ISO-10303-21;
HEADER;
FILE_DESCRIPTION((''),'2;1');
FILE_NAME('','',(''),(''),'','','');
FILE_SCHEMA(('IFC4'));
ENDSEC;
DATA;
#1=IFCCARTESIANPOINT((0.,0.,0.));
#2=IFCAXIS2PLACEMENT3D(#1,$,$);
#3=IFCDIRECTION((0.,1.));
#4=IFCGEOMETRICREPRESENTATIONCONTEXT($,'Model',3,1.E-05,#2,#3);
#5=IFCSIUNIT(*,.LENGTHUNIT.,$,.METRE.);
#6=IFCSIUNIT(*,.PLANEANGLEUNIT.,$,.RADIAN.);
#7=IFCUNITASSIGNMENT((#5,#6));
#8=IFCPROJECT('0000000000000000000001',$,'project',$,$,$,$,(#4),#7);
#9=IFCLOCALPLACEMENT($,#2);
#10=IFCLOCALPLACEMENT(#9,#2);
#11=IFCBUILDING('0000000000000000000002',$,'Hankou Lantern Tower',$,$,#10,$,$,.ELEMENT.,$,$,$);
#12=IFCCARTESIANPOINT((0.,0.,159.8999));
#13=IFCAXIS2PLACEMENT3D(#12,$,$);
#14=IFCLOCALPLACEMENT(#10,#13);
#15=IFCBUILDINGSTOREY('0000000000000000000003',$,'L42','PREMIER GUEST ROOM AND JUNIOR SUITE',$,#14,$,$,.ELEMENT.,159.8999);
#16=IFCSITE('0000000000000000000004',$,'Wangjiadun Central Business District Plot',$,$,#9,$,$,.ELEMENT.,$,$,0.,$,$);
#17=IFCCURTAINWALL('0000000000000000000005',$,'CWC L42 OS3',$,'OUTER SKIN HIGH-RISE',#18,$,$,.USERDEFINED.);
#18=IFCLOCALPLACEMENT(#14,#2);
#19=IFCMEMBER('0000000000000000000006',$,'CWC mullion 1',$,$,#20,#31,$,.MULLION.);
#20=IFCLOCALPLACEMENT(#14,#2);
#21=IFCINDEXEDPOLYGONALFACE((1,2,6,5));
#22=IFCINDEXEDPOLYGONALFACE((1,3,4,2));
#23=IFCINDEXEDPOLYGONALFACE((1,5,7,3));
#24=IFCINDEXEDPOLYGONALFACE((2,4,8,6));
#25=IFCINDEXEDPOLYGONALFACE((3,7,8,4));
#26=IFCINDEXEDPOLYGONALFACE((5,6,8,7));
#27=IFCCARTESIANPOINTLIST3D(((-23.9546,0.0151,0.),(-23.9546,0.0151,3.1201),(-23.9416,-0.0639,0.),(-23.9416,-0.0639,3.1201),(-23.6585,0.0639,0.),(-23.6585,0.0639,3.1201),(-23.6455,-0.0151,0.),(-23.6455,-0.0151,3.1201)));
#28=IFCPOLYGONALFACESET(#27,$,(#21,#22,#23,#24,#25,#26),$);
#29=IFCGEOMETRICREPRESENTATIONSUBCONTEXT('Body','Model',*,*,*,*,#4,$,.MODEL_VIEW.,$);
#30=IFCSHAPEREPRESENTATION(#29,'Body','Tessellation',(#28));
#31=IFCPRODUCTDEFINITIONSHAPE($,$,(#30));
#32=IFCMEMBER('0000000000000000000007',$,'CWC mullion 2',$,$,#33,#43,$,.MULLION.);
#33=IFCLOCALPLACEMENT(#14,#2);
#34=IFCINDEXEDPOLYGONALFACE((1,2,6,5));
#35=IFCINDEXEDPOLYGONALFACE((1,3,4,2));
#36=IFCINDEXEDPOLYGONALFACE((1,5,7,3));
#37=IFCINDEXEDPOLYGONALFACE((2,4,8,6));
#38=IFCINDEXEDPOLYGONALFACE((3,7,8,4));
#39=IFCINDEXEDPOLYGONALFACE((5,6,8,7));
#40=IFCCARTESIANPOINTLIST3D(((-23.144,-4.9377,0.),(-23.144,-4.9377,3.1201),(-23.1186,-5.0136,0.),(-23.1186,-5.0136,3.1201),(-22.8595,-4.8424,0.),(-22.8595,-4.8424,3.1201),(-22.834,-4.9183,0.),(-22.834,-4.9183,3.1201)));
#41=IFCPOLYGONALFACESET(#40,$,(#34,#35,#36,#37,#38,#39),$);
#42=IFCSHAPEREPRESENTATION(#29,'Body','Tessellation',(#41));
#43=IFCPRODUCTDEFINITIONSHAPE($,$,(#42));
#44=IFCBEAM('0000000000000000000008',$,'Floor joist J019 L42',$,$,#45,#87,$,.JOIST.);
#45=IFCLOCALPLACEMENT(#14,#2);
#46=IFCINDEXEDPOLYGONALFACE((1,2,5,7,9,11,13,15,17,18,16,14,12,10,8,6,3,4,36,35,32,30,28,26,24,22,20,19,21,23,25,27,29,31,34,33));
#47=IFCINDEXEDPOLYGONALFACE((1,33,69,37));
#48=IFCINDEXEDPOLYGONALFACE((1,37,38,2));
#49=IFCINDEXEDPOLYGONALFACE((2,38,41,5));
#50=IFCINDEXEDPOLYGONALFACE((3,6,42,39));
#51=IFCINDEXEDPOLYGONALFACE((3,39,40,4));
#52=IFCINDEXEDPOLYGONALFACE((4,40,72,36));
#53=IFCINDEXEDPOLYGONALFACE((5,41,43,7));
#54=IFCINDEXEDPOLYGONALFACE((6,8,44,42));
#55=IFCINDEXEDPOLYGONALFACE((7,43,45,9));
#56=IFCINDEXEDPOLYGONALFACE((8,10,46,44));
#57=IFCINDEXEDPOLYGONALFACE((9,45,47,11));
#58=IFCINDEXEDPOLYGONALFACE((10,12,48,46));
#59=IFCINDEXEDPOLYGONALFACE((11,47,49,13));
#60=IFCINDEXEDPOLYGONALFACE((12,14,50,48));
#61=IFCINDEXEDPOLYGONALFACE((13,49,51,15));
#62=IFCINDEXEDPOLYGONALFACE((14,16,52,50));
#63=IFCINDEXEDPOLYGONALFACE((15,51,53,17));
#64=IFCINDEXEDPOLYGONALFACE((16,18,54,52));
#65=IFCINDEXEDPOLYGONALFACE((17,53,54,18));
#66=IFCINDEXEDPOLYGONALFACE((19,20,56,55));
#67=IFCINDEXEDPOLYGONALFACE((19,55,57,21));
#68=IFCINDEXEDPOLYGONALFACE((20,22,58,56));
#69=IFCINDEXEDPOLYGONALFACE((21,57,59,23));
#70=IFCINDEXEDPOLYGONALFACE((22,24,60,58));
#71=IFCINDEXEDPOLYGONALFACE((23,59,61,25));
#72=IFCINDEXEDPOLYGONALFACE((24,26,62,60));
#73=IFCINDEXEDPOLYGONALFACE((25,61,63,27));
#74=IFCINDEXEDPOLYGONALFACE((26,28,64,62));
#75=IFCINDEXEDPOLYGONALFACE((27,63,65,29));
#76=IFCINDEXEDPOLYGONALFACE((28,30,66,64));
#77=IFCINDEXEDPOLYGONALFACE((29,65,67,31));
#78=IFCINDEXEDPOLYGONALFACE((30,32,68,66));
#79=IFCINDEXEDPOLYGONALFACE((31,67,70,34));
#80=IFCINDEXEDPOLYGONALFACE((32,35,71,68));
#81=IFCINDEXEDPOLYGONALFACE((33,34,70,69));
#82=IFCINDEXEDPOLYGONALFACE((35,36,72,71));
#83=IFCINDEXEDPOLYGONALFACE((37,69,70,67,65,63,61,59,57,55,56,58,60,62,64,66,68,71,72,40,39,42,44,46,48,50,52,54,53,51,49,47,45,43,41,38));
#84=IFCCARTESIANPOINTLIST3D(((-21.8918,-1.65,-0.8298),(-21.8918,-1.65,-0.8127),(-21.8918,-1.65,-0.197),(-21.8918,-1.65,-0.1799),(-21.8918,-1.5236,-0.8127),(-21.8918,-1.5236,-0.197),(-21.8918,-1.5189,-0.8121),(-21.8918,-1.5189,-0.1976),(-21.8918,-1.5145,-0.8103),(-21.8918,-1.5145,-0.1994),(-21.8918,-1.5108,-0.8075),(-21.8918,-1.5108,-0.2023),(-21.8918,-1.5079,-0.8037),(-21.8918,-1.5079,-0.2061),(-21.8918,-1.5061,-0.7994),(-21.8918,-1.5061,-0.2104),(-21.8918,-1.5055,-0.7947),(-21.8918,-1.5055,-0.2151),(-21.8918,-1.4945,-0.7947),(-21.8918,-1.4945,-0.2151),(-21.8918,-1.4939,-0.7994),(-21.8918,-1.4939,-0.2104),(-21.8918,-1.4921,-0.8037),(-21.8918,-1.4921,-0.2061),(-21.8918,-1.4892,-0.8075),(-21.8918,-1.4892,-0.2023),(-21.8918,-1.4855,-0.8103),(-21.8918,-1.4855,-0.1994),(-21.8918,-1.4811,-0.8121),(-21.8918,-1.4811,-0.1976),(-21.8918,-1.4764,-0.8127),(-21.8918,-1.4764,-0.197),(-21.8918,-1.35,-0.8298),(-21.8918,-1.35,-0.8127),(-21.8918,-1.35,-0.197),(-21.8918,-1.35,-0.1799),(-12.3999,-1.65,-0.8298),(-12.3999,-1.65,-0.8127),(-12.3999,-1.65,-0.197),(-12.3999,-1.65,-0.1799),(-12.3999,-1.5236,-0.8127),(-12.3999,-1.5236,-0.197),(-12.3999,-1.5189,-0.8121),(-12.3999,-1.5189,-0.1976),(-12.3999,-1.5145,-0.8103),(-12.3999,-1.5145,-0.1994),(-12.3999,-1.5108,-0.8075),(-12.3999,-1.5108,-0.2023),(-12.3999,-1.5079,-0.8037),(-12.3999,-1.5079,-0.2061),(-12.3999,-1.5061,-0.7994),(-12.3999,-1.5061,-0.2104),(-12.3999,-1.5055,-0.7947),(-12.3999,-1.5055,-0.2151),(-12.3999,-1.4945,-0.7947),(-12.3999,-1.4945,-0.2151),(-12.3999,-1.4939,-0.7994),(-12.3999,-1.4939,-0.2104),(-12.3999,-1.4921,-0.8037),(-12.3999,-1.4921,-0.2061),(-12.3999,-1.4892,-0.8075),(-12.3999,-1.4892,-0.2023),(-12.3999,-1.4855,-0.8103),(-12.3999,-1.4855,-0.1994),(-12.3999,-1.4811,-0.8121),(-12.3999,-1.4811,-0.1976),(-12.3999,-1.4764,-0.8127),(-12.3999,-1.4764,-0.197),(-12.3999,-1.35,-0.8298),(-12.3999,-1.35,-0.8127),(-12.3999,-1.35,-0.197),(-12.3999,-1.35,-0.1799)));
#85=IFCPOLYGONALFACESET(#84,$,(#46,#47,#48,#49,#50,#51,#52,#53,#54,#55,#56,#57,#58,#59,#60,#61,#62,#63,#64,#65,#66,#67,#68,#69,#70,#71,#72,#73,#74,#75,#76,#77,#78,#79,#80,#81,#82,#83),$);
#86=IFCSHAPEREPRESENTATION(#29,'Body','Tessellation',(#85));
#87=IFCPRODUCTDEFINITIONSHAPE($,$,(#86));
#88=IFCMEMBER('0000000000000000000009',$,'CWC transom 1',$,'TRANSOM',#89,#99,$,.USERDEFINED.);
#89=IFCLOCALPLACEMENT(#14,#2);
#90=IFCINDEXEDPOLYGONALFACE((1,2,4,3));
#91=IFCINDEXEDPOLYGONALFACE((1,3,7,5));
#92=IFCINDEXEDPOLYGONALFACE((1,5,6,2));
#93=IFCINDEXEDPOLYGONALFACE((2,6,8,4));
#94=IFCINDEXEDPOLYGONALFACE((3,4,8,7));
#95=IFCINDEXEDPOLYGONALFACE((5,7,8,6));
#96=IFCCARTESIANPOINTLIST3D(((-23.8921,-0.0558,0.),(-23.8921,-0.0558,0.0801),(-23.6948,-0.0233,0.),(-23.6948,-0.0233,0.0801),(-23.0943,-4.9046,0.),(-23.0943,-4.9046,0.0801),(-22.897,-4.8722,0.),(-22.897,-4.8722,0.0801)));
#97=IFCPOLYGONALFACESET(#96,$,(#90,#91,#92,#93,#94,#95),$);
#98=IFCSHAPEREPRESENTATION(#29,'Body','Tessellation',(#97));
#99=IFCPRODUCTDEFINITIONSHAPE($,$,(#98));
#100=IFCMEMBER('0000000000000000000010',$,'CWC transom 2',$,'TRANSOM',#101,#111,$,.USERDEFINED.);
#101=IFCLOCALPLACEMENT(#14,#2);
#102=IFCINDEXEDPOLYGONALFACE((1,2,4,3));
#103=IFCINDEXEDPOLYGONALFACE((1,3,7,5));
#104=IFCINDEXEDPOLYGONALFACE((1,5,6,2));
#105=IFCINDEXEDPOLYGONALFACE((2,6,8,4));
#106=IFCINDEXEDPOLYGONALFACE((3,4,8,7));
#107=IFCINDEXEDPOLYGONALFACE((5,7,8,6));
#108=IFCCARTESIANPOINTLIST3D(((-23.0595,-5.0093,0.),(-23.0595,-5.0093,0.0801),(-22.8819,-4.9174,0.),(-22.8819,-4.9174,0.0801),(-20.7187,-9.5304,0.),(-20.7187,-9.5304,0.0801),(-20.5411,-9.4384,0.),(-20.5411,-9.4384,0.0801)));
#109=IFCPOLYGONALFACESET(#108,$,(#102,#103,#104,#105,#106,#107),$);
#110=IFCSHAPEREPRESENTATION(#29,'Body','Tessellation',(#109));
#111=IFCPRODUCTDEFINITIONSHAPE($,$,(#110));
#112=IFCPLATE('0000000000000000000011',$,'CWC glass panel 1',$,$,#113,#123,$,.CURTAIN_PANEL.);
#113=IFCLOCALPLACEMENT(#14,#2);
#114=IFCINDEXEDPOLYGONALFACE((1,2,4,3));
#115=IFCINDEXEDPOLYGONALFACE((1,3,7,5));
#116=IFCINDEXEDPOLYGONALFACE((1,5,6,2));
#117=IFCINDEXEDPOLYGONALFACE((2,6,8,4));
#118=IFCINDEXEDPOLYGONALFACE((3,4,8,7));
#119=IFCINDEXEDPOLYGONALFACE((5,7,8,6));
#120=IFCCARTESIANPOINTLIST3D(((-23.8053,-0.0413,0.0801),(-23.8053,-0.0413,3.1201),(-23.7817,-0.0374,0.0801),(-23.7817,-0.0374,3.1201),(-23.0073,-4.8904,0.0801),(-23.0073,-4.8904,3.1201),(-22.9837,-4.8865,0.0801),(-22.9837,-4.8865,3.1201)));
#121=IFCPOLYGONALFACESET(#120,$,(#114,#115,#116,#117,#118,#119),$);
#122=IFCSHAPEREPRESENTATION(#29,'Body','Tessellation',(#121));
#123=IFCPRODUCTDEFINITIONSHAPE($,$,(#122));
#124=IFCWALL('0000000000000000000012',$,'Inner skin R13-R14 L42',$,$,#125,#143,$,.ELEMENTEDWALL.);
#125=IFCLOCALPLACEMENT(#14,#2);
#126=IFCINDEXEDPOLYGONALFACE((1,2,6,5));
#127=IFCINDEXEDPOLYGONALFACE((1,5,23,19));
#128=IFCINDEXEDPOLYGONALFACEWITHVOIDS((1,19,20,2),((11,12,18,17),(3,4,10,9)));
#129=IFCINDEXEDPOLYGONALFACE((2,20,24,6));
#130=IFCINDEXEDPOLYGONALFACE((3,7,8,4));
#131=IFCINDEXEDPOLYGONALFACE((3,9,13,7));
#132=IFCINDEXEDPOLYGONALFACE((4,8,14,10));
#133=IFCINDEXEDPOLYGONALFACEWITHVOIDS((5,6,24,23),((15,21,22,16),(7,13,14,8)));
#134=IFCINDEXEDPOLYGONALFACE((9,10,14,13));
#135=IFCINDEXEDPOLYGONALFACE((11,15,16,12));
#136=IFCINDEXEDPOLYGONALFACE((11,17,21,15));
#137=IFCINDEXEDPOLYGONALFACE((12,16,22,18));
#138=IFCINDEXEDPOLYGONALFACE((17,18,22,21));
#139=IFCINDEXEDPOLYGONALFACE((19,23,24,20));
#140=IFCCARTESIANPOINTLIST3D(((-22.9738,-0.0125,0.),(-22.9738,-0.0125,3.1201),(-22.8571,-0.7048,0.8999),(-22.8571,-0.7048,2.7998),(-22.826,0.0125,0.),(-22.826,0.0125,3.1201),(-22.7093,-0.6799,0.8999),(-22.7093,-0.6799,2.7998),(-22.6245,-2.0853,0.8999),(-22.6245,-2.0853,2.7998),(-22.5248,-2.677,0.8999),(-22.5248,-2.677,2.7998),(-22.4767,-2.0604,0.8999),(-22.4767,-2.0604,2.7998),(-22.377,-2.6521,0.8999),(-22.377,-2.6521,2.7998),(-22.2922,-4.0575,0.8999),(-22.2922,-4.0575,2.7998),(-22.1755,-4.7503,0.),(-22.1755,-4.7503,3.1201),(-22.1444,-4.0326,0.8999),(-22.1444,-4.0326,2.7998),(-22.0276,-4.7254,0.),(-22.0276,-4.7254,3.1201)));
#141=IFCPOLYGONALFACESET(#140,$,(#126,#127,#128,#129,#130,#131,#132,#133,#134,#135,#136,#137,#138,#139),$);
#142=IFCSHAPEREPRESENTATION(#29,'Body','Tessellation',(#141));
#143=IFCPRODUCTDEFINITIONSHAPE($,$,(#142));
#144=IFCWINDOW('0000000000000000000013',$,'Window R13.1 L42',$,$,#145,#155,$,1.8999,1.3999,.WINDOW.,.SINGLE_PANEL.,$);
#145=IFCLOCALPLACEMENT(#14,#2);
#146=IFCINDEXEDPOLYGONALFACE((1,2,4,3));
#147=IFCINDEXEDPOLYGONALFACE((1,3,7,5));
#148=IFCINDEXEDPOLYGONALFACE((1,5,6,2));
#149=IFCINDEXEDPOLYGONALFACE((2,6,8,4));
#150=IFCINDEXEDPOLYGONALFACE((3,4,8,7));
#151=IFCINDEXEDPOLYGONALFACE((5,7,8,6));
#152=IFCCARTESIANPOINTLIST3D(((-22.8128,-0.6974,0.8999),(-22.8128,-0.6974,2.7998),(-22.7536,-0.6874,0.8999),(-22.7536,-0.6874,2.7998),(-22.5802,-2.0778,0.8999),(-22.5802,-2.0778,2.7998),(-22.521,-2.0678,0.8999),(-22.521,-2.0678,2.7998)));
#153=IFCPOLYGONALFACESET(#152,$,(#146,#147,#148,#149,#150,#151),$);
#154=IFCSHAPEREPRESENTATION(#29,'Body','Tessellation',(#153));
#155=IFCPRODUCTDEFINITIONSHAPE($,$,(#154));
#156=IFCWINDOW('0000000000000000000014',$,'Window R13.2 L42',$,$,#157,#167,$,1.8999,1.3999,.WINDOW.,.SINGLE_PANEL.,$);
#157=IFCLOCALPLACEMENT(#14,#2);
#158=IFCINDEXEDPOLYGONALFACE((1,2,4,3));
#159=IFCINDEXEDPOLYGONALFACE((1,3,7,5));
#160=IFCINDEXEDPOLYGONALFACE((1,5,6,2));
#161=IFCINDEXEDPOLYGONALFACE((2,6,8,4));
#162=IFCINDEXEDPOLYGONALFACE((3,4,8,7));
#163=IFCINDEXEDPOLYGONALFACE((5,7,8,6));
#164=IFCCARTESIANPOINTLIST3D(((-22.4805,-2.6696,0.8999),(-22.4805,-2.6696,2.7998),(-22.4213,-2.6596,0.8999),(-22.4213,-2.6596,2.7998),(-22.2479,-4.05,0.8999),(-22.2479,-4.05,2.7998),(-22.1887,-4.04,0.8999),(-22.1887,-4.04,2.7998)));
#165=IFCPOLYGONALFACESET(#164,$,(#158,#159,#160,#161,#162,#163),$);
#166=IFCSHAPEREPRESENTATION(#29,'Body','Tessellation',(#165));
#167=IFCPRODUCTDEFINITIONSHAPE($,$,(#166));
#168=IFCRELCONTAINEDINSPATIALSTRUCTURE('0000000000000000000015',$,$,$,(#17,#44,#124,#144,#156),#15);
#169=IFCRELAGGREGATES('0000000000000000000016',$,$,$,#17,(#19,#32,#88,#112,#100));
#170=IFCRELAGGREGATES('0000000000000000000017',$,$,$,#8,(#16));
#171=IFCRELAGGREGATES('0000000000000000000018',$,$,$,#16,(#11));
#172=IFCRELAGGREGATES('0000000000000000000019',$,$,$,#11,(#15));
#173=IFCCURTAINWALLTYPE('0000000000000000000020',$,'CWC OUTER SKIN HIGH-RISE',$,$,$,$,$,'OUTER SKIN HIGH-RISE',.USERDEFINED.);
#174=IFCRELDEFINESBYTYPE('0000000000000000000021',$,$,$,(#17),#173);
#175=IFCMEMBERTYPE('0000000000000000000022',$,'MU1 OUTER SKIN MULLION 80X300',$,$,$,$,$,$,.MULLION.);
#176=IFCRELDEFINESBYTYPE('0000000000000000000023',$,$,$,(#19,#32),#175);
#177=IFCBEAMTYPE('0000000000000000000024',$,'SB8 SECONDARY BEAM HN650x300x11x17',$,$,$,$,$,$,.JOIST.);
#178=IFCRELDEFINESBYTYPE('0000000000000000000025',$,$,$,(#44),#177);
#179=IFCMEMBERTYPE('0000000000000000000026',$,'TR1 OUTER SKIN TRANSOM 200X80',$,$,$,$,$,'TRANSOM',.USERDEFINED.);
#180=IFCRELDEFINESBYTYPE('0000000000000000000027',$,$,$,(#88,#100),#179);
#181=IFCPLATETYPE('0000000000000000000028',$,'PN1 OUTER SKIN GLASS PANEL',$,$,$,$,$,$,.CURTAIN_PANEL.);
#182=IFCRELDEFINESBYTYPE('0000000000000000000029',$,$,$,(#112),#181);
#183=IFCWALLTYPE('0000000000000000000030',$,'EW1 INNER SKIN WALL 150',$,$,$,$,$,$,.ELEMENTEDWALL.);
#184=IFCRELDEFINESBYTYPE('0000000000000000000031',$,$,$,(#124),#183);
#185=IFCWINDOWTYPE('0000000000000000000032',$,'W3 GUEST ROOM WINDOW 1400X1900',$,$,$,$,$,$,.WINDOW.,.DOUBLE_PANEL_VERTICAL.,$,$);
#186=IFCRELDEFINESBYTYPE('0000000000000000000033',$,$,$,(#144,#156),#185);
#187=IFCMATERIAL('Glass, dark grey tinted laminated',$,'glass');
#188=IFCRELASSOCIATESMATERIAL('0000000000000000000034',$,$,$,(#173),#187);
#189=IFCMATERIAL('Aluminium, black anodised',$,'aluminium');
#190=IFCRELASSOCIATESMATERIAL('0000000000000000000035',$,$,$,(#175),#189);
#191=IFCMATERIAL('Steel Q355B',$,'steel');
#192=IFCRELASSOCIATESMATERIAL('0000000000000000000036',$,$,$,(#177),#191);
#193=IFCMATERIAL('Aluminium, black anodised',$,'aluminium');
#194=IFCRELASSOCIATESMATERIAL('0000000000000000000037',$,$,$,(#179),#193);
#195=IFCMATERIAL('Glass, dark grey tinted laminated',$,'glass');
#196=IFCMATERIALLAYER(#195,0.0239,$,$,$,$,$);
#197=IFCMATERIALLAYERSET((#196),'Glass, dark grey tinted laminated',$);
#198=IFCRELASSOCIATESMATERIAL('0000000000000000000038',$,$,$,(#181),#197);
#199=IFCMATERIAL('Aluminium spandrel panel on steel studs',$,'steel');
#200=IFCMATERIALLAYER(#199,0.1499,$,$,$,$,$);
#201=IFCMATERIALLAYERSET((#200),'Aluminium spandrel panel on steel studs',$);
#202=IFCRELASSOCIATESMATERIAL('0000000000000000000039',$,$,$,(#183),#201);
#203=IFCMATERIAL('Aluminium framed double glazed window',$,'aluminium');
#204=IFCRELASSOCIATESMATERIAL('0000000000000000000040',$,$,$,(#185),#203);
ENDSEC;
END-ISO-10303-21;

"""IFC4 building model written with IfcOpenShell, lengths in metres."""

from ifc_helpers import new_model, si_unit, direction, frame, frame_2d, origin, origin_2d, place, context, subcontext, project, spatial, rectangle, i_section, extrude, material, layer, layer_set, material_profile, profile_set, type_object, element, fill, aggregate, save


model = new_model("IFC4")

# Units and contexts
model_context = context("Model", 3, precision=1e-05, world=origin(), true_north=direction((0.0, 1.0)))
body_context = subcontext(model_context, "Body", "Model", "MODEL_VIEW")
ifc_project = project(units=[si_unit("LENGTHUNIT", "METRE"), si_unit("PLANEANGLEUNIT", "RADIAN")], contexts=[model_context])

# Site, building, storey
site_placement = place(None, origin())
site = spatial("IfcSite", under=ifc_project, at=site_placement, Name="Wangjiadun Central Business District Plot", CompositionType="ELEMENT", RefElevation=0.0)
building_placement = place(site_placement, origin())
building = spatial("IfcBuilding", under=site, at=building_placement, Name="Hankou Lantern Tower", CompositionType="ELEMENT")
storey_placement = place(building_placement, frame((0.0, 0.0, 159.8999)))
storey = spatial("IfcBuildingStorey", under=building, at=storey_placement, Name="L42", Description="PREMIER GUEST ROOM AND JUNIOR SUITE", CompositionType="ELEMENT", Elevation=159.8999)

# Curtain wall, members
ifc_material_1 = material(Name="Glass, dark grey tinted laminated", Category="glass")
curtain_wall_type = type_object("IfcCurtainWallType", Name="CWC OUTER SKIN HIGH-RISE", ElementType="OUTER SKIN HIGH-RISE", PredefinedType="USERDEFINED", material=ifc_material_1)
curtain_wall_placement = place(storey_placement, origin())
curtain_wall = element("IfcCurtainWall", 1, at=curtain_wall_placement, inside=storey, type_object=curtain_wall_type, Name="CWC L42 OS3", ObjectType="OUTER SKIN HIGH-RISE", PredefinedType="USERDEFINED")
ifc_material_2 = material(Name="Aluminium, black anodised", Category="aluminium")
ifc_material_profile_1 = material_profile(ifc_material_2, rectangle(XDim=0.0801, YDim=0.3, at=origin_2d()), Name="MU1 80X300")
ifc_profile_set_1 = profile_set([ifc_material_profile_1], Name="Aluminium, black anodised")
member_type_1 = type_object("IfcMemberType", Name="MU1 OUTER SKIN MULLION 80X300", PredefinedType="MULLION", material=ifc_profile_set_1)
member_1_placement = place(storey_placement, frame((-23.8, 0.0, 0.0), z_axis=(0.0, 0.0, 1.0), x_axis=(0.162382, -0.986728, 0.0)))
member_1 = element("IfcMember", 2, at=member_1_placement, type_object=member_type_1, Name="CWC mullion 1", PredefinedType="MULLION", context=body_context, shape_type="SweptSolid", body=[
    extrude(rectangle(XDim=0.0801, YDim=0.3, at=origin_2d()), origin(), (0.0, 0.0, 1.0), 3.1201),
])
member_2_placement = place(storey_placement, frame((-22.989, -4.928, 0.0), z_axis=(0.0, 0.0, 1.0), x_axis=(0.317596, -0.948226, 0.0)))
member_2 = element("IfcMember", 3, at=member_2_placement, type_object=member_type_1, Name="CWC mullion 2", PredefinedType="MULLION", context=body_context, shape_type="SweptSolid", body=[
    extrude(rectangle(XDim=0.0801, YDim=0.3, at=origin_2d()), origin(), (0.0, 0.0, 1.0), 3.1201),
])

# Beam
ifc_material_3 = material(Name="Steel Q355B", Category="steel")
ifc_material_profile_2 = material_profile(ifc_material_3, i_section(OverallWidth=0.3, OverallDepth=0.6499, WebThickness=0.011, FlangeThickness=0.0171, FilletRadius=0.0181, at=origin_2d()), Name="HN650x300x11x17")
ifc_profile_set_2 = profile_set([ifc_material_profile_2], Name="Steel Q355B")
beam_type_1 = type_object("IfcBeamType", Name="SB8 SECONDARY BEAM HN650x300x11x17", PredefinedType="JOIST", material=ifc_profile_set_2)
beam_1_placement = place(storey_placement, frame((-21.8918, -1.5, -0.5049), z_axis=(1.0, 0.0, 0.0), x_axis=(0.0, 1.0, 0.0)))
element("IfcBeam", 4, at=beam_1_placement, inside=storey, type_object=beam_type_1, Name="Floor joist J019 L42", PredefinedType="JOIST", context=body_context, shape_type="SweptSolid", body=[
    extrude(i_section(OverallWidth=0.3, OverallDepth=0.6499, WebThickness=0.011, FlangeThickness=0.0171, FilletRadius=0.0181, at=origin_2d()), origin(), (0.0, 0.0, 1.0), 9.4919),
])

# Members
ifc_material_4 = material(Name="Aluminium, black anodised", Category="aluminium")
ifc_material_profile_3 = material_profile(ifc_material_4, rectangle(XDim=0.2, YDim=0.0801, at=origin_2d()), Name="TR1 200X80")
ifc_profile_set_3 = profile_set([ifc_material_profile_3], Name="Aluminium, black anodised")
member_type_2 = type_object("IfcMemberType", Name="TR1 OUTER SKIN TRANSOM 200X80", ElementType="TRANSOM", PredefinedType="USERDEFINED", material=ifc_profile_set_3)
member_3_placement = place(storey_placement, frame((-23.7935, -0.0396, 0.04), z_axis=(0.16236, -0.986732, 0.0), x_axis=(0.986732, 0.16236, 0.0)))
member_3 = element("IfcMember", 5, at=member_3_placement, type_object=member_type_2, Name="CWC transom 1", ObjectType="TRANSOM", PredefinedType="USERDEFINED", context=body_context, shape_type="SweptSolid", body=[
    extrude(rectangle(XDim=0.2, YDim=0.0801, at=origin_2d()), origin(), (0.0, 0.0, 1.0), 4.9141),
])
member_4_placement = place(storey_placement, frame((-22.9707, -4.9634, 0.04), z_axis=(0.459791, -0.888027, 0.0), x_axis=(0.888027, 0.459791, 0.0)))
member_4 = element("IfcMember", 6, at=member_4_placement, type_object=member_type_2, Name="CWC transom 2", ObjectType="TRANSOM", PredefinedType="USERDEFINED", context=body_context, shape_type="SweptSolid", body=[
    extrude(rectangle(XDim=0.2, YDim=0.0801, at=origin_2d()), origin(), (0.0, 0.0, 1.0), 5.0911),
])

# Plate
ifc_material_5 = material(Name="Glass, dark grey tinted laminated", Category="glass")
ifc_layer_1 = layer(ifc_material_5, 0.0239)
ifc_layer_set_1 = layer_set([ifc_layer_1], Name="Glass, dark grey tinted laminated")
plate_type = type_object("IfcPlateType", Name="PN1 OUTER SKIN GLASS PANEL", PredefinedType="CURTAIN_PANEL", material=ifc_layer_set_1)
plate_placement = place(storey_placement, frame((-23.3945, -2.4639, 0.0801), z_axis=(0.0, 0.0, 1.0), x_axis=(0.162382, -0.986728, 0.0)))
plate = element("IfcPlate", 7, at=plate_placement, type_object=plate_type, Name="CWC glass panel 1", PredefinedType="CURTAIN_PANEL", context=body_context, shape_type="SweptSolid", body=[
    extrude(rectangle(XDim=4.9143, YDim=0.0239, at=origin_2d()), origin(), (0.0, 0.0, 1.0), 3.04),
])
aggregate(curtain_wall, [member_1, member_2, member_3, plate, member_4])

# Wall, openings, windows
ifc_material_6 = material(Name="Aluminium spandrel panel on steel studs", Category="steel")
ifc_layer_2 = layer(ifc_material_6, 0.1499)
ifc_layer_set_2 = layer_set([ifc_layer_2], Name="Aluminium spandrel panel on steel studs")
wall_type_1 = type_object("IfcWallType", Name="EW1 INNER SKIN WALL 150", PredefinedType="ELEMENTEDWALL", material=ifc_layer_set_2)
wall_1_placement = place(storey_placement, frame((-22.8999, 0.0, 0.0), z_axis=(0.0, 0.0, 1.0), x_axis=(0.166162, -0.986098, 0.0)))
wall_1 = element("IfcWall", 8, at=wall_1_placement, inside=storey, type_object=wall_type_1, Name="Inner skin R13-R14 L42", PredefinedType="ELEMENTEDWALL", context=body_context, shape_type="SweptSolid", body=[
    extrude(rectangle(XDim=4.8047, YDim=0.1499, at=frame_2d((2.4023, 0.0))), origin(), (0.0, 0.0, 1.0), 3.1201),
])
opening_1_placement = place(wall_1_placement, frame((0.7021, 0.0, 0.8999)))
opening_1 = element("IfcOpeningElement", 9, at=opening_1_placement, cuts=wall_1, PredefinedType="OPENING", context=body_context, shape_type="SweptSolid", body=[
    extrude(rectangle(XDim=1.3999, YDim=1.8999, at=frame_2d((0.7, 0.95))), frame((0.0, 0.085, 0.0), z_axis=(0.0, -1.0, 0.0), x_axis=(1.0, 0.0, 0.0)), (0.0, 0.0, 1.0), 0.1699),
])
opening_2_placement = place(wall_1_placement, frame((2.7021, 0.0, 0.8999)))
opening_2 = element("IfcOpeningElement", 10, at=opening_2_placement, cuts=wall_1, PredefinedType="OPENING", context=body_context, shape_type="SweptSolid", body=[
    extrude(rectangle(XDim=1.3999, YDim=1.8999, at=frame_2d((0.7, 0.95))), frame((0.0, 0.085, 0.0), z_axis=(0.0, -1.0, 0.0), x_axis=(1.0, 0.0, 0.0)), (0.0, 0.0, 1.0), 0.1699),
])
ifc_material_7 = material(Name="Aluminium framed double glazed window", Category="aluminium")
window_type = type_object("IfcWindowType", Name="W3 GUEST ROOM WINDOW 1400X1900", PartitioningType="DOUBLE_PANEL_VERTICAL", PredefinedType="WINDOW", material=ifc_material_7)
window_1_placement = place(opening_1_placement, origin())
window_1 = element("IfcWindow", 11, at=window_1_placement, inside=storey, type_object=window_type, Name="Window R13.1 L42", OverallHeight=1.8999, OverallWidth=1.3999, PartitioningType="SINGLE_PANEL", PredefinedType="WINDOW", context=body_context, shape_type="SweptSolid", body=[
    extrude(rectangle(XDim=1.3999, YDim=1.8999, at=frame_2d((0.7, 0.95))), frame((0.0, 0.03, 0.0), z_axis=(0.0, -1.0, 0.0), x_axis=(1.0, 0.0, 0.0)), (0.0, 0.0, 1.0), 0.0601),
])
fill(opening_1, window_1)
window_2_placement = place(opening_2_placement, origin())
window_2 = element("IfcWindow", 12, at=window_2_placement, inside=storey, type_object=window_type, Name="Window R13.2 L42", OverallHeight=1.8999, OverallWidth=1.3999, PartitioningType="SINGLE_PANEL", PredefinedType="WINDOW", context=body_context, shape_type="SweptSolid", body=[
    extrude(rectangle(XDim=1.3999, YDim=1.8999, at=frame_2d((0.7, 0.95))), frame((0.0, 0.03, 0.0), z_axis=(0.0, -1.0, 0.0), x_axis=(1.0, 0.0, 0.0)), (0.0, 0.0, 1.0), 0.0601),
])
fill(opening_2, window_2)

save(model, "model.ifc")
